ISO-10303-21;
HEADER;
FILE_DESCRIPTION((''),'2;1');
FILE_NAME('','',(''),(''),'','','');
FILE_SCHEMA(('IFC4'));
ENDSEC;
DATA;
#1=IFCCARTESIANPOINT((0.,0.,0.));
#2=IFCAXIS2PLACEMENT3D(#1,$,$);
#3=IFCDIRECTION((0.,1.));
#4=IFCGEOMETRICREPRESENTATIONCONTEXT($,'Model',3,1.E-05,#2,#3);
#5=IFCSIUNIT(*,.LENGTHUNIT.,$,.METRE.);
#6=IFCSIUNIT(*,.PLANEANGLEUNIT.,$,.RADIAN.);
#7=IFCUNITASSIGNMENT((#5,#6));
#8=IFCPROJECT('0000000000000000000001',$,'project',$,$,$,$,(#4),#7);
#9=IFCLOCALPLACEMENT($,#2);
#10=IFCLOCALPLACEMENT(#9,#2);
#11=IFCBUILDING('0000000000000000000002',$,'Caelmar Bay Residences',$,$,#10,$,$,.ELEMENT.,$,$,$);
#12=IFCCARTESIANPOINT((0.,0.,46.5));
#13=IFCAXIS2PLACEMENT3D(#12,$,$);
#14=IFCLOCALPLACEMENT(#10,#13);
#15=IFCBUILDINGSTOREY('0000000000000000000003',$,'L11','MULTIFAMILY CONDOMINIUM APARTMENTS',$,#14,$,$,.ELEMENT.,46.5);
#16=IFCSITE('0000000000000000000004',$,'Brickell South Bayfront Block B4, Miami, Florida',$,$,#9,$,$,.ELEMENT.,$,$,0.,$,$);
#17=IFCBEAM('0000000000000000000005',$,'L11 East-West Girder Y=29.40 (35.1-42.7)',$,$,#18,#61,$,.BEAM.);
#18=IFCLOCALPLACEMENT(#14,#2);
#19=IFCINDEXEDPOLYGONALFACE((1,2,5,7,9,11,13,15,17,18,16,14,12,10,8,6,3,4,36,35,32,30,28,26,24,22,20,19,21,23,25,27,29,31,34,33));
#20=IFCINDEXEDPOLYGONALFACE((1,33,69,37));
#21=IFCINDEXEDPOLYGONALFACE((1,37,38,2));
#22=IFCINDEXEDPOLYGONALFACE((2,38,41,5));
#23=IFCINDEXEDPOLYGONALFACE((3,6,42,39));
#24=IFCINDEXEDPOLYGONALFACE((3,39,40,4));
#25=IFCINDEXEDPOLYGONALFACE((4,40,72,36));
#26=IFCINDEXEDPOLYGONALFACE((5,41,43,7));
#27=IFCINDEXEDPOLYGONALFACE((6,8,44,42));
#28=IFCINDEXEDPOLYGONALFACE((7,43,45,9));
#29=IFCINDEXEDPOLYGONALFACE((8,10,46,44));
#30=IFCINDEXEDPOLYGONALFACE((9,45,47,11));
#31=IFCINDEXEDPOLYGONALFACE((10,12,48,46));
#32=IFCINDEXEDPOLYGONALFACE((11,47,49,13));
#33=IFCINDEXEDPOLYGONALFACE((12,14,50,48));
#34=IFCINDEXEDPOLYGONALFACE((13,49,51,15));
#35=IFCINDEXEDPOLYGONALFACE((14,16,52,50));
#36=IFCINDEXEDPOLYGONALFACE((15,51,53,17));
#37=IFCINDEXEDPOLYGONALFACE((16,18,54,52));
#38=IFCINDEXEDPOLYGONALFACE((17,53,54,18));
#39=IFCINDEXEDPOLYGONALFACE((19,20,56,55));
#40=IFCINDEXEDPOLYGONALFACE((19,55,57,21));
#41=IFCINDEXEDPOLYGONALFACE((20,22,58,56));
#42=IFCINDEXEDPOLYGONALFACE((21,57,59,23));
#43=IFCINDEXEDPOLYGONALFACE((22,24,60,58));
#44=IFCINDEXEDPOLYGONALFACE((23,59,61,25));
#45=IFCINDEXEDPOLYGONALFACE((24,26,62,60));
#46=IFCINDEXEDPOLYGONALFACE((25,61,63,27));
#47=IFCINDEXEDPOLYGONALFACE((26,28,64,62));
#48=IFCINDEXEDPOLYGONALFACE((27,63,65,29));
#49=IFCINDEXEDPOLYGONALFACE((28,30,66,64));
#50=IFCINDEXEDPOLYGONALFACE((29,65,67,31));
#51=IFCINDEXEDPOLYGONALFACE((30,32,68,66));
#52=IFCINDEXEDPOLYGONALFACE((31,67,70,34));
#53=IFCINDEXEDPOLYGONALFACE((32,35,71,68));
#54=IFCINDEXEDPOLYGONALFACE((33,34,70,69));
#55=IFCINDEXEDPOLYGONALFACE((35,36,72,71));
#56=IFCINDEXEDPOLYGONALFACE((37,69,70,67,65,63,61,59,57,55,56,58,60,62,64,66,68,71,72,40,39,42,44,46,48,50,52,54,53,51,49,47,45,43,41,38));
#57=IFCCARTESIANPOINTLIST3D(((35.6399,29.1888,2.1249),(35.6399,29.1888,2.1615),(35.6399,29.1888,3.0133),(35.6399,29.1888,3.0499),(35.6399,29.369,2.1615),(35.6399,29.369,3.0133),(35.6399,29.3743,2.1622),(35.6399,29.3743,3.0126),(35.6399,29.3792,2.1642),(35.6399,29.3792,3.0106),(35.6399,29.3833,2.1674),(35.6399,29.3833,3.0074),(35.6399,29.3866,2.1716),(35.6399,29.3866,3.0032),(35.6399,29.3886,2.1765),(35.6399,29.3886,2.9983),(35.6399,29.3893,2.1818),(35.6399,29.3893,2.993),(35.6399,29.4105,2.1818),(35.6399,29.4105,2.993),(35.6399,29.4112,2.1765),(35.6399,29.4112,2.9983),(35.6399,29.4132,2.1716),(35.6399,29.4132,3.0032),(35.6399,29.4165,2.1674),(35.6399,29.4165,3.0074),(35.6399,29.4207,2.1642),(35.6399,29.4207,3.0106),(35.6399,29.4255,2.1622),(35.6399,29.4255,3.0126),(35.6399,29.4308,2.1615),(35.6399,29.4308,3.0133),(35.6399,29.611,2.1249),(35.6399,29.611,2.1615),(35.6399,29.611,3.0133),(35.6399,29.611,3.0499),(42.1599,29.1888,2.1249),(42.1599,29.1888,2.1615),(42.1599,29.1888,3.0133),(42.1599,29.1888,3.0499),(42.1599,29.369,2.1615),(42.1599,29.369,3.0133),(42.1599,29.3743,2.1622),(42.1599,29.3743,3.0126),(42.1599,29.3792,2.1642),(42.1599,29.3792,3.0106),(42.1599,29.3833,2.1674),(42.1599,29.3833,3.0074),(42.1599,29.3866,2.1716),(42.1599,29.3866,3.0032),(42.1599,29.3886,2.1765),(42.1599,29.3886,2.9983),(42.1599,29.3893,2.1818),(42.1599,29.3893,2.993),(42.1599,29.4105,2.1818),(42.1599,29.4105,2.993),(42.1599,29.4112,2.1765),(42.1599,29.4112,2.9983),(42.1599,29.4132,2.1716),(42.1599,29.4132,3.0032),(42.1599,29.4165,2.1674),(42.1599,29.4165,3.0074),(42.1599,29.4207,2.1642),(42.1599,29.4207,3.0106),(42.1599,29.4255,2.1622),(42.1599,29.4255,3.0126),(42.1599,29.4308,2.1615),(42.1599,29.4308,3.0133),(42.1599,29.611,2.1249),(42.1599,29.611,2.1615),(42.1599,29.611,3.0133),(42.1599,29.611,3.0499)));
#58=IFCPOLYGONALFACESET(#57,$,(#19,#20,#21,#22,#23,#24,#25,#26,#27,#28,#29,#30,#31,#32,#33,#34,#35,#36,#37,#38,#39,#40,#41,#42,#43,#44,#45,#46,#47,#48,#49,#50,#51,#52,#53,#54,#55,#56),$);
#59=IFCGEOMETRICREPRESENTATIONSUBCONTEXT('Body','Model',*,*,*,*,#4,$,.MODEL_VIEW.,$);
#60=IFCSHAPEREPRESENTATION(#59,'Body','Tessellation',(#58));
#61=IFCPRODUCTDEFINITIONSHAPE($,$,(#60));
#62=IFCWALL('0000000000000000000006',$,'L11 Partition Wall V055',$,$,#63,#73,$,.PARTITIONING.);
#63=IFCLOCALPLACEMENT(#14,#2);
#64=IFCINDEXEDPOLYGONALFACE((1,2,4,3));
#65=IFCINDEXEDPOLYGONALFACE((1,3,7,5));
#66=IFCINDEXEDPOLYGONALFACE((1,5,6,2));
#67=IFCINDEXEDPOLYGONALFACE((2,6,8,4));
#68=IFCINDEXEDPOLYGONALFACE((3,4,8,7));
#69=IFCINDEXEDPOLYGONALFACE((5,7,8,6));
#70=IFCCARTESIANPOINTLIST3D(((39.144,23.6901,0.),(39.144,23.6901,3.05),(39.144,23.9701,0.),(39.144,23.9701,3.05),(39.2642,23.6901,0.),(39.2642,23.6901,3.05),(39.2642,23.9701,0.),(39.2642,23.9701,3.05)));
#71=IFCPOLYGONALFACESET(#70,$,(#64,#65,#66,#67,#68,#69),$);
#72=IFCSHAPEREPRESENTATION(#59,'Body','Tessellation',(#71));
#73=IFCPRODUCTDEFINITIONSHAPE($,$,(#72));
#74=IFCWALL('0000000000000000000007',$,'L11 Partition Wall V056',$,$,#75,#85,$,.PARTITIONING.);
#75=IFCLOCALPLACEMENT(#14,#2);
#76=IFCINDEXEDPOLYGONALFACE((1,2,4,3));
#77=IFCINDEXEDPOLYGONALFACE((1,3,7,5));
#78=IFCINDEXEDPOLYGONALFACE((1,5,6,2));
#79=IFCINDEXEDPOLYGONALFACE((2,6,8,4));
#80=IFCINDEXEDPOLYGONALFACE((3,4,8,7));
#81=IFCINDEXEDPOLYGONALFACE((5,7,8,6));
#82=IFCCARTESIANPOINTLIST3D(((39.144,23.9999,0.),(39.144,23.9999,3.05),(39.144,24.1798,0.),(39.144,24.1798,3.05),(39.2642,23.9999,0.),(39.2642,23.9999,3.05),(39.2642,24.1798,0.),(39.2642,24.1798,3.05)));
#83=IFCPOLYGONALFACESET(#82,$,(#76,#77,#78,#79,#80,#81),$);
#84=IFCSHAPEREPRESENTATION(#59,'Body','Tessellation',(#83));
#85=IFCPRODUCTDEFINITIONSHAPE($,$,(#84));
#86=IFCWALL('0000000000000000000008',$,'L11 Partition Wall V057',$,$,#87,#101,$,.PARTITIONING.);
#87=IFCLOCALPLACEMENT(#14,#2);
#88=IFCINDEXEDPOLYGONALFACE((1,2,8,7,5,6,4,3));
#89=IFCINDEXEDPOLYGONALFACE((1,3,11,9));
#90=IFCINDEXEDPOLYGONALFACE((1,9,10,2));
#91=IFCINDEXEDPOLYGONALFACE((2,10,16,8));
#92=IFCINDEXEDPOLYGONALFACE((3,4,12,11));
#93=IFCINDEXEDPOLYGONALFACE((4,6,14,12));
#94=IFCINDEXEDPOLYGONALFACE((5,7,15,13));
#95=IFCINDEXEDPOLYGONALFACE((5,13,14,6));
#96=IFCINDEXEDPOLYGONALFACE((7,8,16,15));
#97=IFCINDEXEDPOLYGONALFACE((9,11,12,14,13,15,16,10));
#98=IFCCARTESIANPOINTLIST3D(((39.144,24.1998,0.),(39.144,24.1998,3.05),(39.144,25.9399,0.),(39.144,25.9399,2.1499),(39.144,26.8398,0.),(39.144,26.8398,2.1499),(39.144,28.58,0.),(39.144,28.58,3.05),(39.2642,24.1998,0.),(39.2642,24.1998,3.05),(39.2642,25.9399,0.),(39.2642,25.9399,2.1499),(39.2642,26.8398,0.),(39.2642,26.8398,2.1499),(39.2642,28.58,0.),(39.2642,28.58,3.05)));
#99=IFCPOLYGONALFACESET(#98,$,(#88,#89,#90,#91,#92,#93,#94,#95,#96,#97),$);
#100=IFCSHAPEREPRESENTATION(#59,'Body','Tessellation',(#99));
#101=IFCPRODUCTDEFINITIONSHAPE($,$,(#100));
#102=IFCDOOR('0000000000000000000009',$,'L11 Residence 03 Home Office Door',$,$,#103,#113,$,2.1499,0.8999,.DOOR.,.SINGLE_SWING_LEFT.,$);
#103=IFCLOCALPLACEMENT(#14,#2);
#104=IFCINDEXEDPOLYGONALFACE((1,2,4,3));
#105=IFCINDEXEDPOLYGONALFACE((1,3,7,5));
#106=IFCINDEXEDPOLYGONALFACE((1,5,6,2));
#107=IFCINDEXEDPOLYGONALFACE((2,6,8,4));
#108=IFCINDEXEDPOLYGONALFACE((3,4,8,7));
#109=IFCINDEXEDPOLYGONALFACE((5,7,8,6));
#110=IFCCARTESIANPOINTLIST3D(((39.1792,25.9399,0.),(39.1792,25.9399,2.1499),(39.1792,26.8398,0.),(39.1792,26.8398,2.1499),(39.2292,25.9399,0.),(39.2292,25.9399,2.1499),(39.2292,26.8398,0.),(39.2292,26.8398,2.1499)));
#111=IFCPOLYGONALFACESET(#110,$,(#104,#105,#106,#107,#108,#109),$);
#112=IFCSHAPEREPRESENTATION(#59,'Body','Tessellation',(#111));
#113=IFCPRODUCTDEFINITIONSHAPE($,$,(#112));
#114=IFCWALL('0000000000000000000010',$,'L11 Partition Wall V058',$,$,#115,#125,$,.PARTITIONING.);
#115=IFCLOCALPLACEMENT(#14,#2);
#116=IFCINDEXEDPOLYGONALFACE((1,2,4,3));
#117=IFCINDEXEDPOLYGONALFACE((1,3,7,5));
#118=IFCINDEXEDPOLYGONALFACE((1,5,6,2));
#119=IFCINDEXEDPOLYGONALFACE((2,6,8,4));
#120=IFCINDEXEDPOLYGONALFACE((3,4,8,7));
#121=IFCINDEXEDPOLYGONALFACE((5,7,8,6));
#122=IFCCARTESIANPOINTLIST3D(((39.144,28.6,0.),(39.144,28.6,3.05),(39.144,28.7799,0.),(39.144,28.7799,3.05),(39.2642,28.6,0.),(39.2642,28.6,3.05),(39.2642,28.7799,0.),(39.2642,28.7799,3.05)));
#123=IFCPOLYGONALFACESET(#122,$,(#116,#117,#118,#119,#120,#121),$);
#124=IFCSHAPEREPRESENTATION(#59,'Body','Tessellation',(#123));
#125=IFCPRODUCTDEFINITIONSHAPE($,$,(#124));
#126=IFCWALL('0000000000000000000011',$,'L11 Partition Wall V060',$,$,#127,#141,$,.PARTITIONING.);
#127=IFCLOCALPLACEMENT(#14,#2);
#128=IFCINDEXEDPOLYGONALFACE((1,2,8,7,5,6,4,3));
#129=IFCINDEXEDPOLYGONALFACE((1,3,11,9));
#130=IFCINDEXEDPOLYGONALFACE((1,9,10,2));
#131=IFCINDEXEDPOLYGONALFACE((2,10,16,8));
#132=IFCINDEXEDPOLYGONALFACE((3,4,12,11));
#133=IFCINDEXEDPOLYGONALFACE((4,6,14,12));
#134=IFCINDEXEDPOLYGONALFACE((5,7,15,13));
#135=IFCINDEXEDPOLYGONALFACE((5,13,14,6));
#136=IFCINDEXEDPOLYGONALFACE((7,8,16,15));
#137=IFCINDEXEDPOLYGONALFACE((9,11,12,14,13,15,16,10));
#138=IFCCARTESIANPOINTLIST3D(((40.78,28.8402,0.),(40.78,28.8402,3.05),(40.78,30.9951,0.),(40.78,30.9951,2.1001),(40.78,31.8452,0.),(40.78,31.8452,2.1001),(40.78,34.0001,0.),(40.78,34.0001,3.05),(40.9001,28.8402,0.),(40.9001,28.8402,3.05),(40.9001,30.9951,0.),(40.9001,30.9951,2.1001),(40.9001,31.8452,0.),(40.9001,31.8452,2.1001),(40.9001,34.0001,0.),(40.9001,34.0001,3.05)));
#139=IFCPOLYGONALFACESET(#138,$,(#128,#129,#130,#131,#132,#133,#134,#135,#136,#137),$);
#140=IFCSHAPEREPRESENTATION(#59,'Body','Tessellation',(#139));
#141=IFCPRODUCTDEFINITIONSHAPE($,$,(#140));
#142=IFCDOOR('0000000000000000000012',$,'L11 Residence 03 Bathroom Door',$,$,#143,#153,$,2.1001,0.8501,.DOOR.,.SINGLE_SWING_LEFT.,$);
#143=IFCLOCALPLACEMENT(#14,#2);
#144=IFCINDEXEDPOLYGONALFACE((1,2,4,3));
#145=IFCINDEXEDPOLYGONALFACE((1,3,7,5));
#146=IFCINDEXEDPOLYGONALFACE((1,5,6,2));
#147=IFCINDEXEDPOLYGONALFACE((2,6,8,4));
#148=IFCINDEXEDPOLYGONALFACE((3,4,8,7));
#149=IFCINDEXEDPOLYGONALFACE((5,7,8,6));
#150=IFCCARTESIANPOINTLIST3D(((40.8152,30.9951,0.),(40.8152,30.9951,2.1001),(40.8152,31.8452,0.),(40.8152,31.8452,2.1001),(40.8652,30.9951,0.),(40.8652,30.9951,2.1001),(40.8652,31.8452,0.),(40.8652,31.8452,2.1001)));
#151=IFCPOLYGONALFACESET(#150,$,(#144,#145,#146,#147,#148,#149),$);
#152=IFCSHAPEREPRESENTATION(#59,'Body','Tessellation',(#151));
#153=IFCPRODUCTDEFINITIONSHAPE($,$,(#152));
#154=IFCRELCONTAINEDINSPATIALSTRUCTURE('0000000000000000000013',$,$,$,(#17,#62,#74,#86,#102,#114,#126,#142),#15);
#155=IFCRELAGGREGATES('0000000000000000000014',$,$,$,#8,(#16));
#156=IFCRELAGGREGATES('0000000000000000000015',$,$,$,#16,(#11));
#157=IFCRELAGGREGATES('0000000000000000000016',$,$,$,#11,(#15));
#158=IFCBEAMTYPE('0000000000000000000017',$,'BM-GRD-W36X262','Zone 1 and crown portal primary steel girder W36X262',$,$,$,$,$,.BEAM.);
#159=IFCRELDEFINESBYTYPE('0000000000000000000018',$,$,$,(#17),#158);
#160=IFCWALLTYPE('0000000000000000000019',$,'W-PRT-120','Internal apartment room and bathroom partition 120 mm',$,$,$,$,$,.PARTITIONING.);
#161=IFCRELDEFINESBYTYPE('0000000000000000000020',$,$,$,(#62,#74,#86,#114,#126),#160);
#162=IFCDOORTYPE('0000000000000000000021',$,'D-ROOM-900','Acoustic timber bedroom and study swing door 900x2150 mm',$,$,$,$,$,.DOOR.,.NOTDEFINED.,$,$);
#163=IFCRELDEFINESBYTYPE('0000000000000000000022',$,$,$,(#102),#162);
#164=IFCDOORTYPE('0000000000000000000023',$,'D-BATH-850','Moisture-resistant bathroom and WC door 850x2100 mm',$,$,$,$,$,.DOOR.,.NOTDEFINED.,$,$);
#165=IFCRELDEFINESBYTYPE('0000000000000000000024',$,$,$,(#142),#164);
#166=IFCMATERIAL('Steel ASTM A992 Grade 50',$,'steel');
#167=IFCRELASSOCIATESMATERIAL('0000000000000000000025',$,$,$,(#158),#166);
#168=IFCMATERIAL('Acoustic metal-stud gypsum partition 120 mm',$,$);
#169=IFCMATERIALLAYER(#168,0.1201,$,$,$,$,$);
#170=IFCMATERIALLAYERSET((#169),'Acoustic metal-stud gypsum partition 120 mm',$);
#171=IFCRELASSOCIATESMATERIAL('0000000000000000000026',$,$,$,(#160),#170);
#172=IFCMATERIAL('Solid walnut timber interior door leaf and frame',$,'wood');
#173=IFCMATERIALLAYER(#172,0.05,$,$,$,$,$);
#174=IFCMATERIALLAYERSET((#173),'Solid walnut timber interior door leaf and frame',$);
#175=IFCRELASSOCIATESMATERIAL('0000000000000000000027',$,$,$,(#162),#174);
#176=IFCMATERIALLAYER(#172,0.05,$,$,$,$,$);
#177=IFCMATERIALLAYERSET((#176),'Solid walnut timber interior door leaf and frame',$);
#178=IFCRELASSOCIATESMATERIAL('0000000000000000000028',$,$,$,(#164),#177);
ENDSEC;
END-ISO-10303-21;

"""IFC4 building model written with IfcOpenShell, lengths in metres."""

from ifc_helpers import new_model, si_unit, direction, frame, frame_2d, origin, origin_2d, place, context, subcontext, project, spatial, rectangle, i_section, extrude, material, layer, layer_set, material_profile, profile_set, type_object, element, fill, save


model = new_model("IFC4")

# Units and contexts
model_context = context("Model", 3, precision=1e-05, world=origin(), true_north=direction((0.0, 1.0)))
body_context = subcontext(model_context, "Body", "Model", "MODEL_VIEW")
ifc_project = project(units=[si_unit("LENGTHUNIT", "METRE"), si_unit("PLANEANGLEUNIT", "RADIAN")], contexts=[model_context])

# Site, building, storey
site_placement = place(None, origin())
site = spatial("IfcSite", under=ifc_project, at=site_placement, Name="Brickell South Bayfront Block B4, Miami, Florida", CompositionType="ELEMENT", RefElevation=0.0)
building_placement = place(site_placement, origin())
building = spatial("IfcBuilding", under=site, at=building_placement, Name="Caelmar Bay Residences", CompositionType="ELEMENT")
storey_placement = place(building_placement, frame((0.0, 0.0, 46.5)))
storey = spatial("IfcBuildingStorey", under=building, at=storey_placement, Name="L11", Description="MULTIFAMILY CONDOMINIUM APARTMENTS", CompositionType="ELEMENT", Elevation=46.5)

# Beam
ifc_material_1 = material(Name="Steel ASTM A992 Grade 50", Category="steel")
ifc_material_profile = material_profile(ifc_material_1, i_section(OverallWidth=0.4221, OverallDepth=0.925, WebThickness=0.0212, FlangeThickness=0.0366, FilletRadius=0.0203, at=origin_2d()), Name="W36X262")
ifc_profile_set = profile_set([ifc_material_profile], Name="Steel ASTM A992 Grade 50")
beam_type = type_object("IfcBeamType", Name="BM-GRD-W36X262", Description="Zone 1 and crown portal primary steel girder W36X262", PredefinedType="BEAM", material=ifc_profile_set)
beam_placement = place(storey_placement, frame((35.6399, 29.3999, 2.5874), z_axis=(1.0, 0.0, 0.0), x_axis=(0.0, 1.0, 0.0)))
element("IfcBeam", 1, at=beam_placement, inside=storey, type_object=beam_type, Name="L11 East-West Girder Y=29.40 (35.1-42.7)", PredefinedType="BEAM", context=body_context, shape_type="SweptSolid", body=[
    extrude(i_section(OverallWidth=0.4221, OverallDepth=0.925, WebThickness=0.0212, FlangeThickness=0.0366, FilletRadius=0.0203, at=origin_2d()), origin(), (0.0, 0.0, 1.0), 6.52),
])

# Walls
ifc_material_2 = material(Name="Acoustic metal-stud gypsum partition 120 mm")
ifc_layer_1 = layer(ifc_material_2, 0.1201)
ifc_layer_set_1 = layer_set([ifc_layer_1], Name="Acoustic metal-stud gypsum partition 120 mm")
wall_type_1 = type_object("IfcWallType", Name="W-PRT-120", Description="Internal apartment room and bathroom partition 120 mm", PredefinedType="PARTITIONING", material=ifc_layer_set_1)
wall_1_placement = place(storey_placement, frame((39.2041, 23.6899, 0.0), z_axis=(0.0, 0.0, 1.0), x_axis=(0.0, 1.0, 0.0)))
element("IfcWall", 2, at=wall_1_placement, inside=storey, type_object=wall_type_1, Name="L11 Partition Wall V055", PredefinedType="PARTITIONING", context=body_context, shape_type="SweptSolid", body=[
    extrude(rectangle(XDim=0.28, YDim=0.1201, at=frame_2d((0.1401, 0.0))), origin(), (0.0, 0.0, 1.0), 3.05),
])
wall_2_placement = place(storey_placement, frame((39.2041, 24.0, 0.0), z_axis=(0.0, 0.0, 1.0), x_axis=(0.0, 1.0, 0.0)))
element("IfcWall", 3, at=wall_2_placement, inside=storey, type_object=wall_type_1, Name="L11 Partition Wall V056", PredefinedType="PARTITIONING", context=body_context, shape_type="SweptSolid", body=[
    extrude(rectangle(XDim=0.1799, YDim=0.1201, at=frame_2d((0.0898, 0.0))), origin(), (0.0, 0.0, 1.0), 3.05),
])

# Wall, opening, door
wall_3_placement = place(storey_placement, frame((39.2041, 24.2, 0.0), z_axis=(0.0, 0.0, 1.0), x_axis=(0.0, 1.0, 0.0)))
wall_3 = element("IfcWall", 4, at=wall_3_placement, inside=storey, type_object=wall_type_1, Name="L11 Partition Wall V057", PredefinedType="PARTITIONING", context=body_context, shape_type="SweptSolid", body=[
    extrude(rectangle(XDim=4.3801, YDim=0.1201, at=frame_2d((2.1899, 0.0))), origin(), (0.0, 0.0, 1.0), 3.05),
])
opening_1_placement = place(wall_3_placement, frame((1.74, 0.0, 0.0)))
opening_1 = element("IfcOpeningElement", 5, at=opening_1_placement, cuts=wall_3, PredefinedType="OPENING", context=body_context, shape_type="SweptSolid", body=[
    extrude(rectangle(XDim=0.8999, YDim=2.1499, at=frame_2d((0.45, 1.075))), frame((0.0, 0.0701, 0.0), z_axis=(0.0, -1.0, 0.0), x_axis=(1.0, 0.0, 0.0)), (0.0, 0.0, 1.0), 0.1401),
])
ifc_material_3 = material(Name="Solid walnut timber interior door leaf and frame", Category="wood")
ifc_layer_2 = layer(ifc_material_3, 0.05)
ifc_layer_set_2 = layer_set([ifc_layer_2], Name="Solid walnut timber interior door leaf and frame")
door_type_1 = type_object("IfcDoorType", Name="D-ROOM-900", Description="Acoustic timber bedroom and study swing door 900x2150 mm", OperationType="NOTDEFINED", PredefinedType="DOOR", material=ifc_layer_set_2)
door_1_placement = place(opening_1_placement, origin())
door_1 = element("IfcDoor", 6, at=door_1_placement, inside=storey, type_object=door_type_1, Name="L11 Residence 03 Home Office Door", OperationType="SINGLE_SWING_LEFT", OverallHeight=2.1499, OverallWidth=0.8999, PredefinedType="DOOR", context=body_context, shape_type="SweptSolid", body=[
    extrude(rectangle(XDim=0.8999, YDim=2.1499, at=frame_2d((0.45, 1.075))), frame((0.0, 0.0249, 0.0), z_axis=(0.0, -1.0, 0.0), x_axis=(1.0, 0.0, 0.0)), (0.0, 0.0, 1.0), 0.05),
])
fill(opening_1, door_1)

# Wall
wall_4_placement = place(storey_placement, frame((39.2041, 28.6001, 0.0), z_axis=(0.0, 0.0, 1.0), x_axis=(0.0, 1.0, 0.0)))
element("IfcWall", 7, at=wall_4_placement, inside=storey, type_object=wall_type_1, Name="L11 Partition Wall V058", PredefinedType="PARTITIONING", context=body_context, shape_type="SweptSolid", body=[
    extrude(rectangle(XDim=0.1799, YDim=0.1201, at=frame_2d((0.0898, 0.0))), origin(), (0.0, 0.0, 1.0), 3.05),
])

# Wall, opening, door
wall_5_placement = place(storey_placement, frame((40.8401, 28.8401, 0.0), z_axis=(0.0, 0.0, 1.0), x_axis=(0.0, 1.0, 0.0)))
wall_5 = element("IfcWall", 8, at=wall_5_placement, inside=storey, type_object=wall_type_1, Name="L11 Partition Wall V060", PredefinedType="PARTITIONING", context=body_context, shape_type="SweptSolid", body=[
    extrude(rectangle(XDim=5.1599, YDim=0.1201, at=frame_2d((2.5801, 0.0))), origin(), (0.0, 0.0, 1.0), 3.05),
])
opening_2_placement = place(wall_5_placement, frame((2.155, 0.0, 0.0)))
opening_2 = element("IfcOpeningElement", 9, at=opening_2_placement, cuts=wall_5, PredefinedType="OPENING", context=body_context, shape_type="SweptSolid", body=[
    extrude(rectangle(XDim=0.8501, YDim=2.1001, at=frame_2d((0.425, 1.05))), frame((0.0, 0.0701, 0.0), z_axis=(0.0, -1.0, 0.0), x_axis=(1.0, 0.0, 0.0)), (0.0, 0.0, 1.0), 0.1401),
])
ifc_layer_3 = layer(ifc_material_3, 0.05)
ifc_layer_set_3 = layer_set([ifc_layer_3], Name="Solid walnut timber interior door leaf and frame")
door_type_2 = type_object("IfcDoorType", Name="D-BATH-850", Description="Moisture-resistant bathroom and WC door 850x2100 mm", OperationType="NOTDEFINED", PredefinedType="DOOR", material=ifc_layer_set_3)
door_2_placement = place(opening_2_placement, origin())
door_2 = element("IfcDoor", 10, at=door_2_placement, inside=storey, type_object=door_type_2, Name="L11 Residence 03 Bathroom Door", OperationType="SINGLE_SWING_LEFT", OverallHeight=2.1001, OverallWidth=0.8501, PredefinedType="DOOR", context=body_context, shape_type="SweptSolid", body=[
    extrude(rectangle(XDim=0.8501, YDim=2.1001, at=frame_2d((0.425, 1.05))), frame((0.0, 0.0249, 0.0), z_axis=(0.0, -1.0, 0.0), x_axis=(1.0, 0.0, 0.0)), (0.0, 0.0, 1.0), 0.05),
])
fill(opening_2, door_2)

save(model, "model.ifc")
